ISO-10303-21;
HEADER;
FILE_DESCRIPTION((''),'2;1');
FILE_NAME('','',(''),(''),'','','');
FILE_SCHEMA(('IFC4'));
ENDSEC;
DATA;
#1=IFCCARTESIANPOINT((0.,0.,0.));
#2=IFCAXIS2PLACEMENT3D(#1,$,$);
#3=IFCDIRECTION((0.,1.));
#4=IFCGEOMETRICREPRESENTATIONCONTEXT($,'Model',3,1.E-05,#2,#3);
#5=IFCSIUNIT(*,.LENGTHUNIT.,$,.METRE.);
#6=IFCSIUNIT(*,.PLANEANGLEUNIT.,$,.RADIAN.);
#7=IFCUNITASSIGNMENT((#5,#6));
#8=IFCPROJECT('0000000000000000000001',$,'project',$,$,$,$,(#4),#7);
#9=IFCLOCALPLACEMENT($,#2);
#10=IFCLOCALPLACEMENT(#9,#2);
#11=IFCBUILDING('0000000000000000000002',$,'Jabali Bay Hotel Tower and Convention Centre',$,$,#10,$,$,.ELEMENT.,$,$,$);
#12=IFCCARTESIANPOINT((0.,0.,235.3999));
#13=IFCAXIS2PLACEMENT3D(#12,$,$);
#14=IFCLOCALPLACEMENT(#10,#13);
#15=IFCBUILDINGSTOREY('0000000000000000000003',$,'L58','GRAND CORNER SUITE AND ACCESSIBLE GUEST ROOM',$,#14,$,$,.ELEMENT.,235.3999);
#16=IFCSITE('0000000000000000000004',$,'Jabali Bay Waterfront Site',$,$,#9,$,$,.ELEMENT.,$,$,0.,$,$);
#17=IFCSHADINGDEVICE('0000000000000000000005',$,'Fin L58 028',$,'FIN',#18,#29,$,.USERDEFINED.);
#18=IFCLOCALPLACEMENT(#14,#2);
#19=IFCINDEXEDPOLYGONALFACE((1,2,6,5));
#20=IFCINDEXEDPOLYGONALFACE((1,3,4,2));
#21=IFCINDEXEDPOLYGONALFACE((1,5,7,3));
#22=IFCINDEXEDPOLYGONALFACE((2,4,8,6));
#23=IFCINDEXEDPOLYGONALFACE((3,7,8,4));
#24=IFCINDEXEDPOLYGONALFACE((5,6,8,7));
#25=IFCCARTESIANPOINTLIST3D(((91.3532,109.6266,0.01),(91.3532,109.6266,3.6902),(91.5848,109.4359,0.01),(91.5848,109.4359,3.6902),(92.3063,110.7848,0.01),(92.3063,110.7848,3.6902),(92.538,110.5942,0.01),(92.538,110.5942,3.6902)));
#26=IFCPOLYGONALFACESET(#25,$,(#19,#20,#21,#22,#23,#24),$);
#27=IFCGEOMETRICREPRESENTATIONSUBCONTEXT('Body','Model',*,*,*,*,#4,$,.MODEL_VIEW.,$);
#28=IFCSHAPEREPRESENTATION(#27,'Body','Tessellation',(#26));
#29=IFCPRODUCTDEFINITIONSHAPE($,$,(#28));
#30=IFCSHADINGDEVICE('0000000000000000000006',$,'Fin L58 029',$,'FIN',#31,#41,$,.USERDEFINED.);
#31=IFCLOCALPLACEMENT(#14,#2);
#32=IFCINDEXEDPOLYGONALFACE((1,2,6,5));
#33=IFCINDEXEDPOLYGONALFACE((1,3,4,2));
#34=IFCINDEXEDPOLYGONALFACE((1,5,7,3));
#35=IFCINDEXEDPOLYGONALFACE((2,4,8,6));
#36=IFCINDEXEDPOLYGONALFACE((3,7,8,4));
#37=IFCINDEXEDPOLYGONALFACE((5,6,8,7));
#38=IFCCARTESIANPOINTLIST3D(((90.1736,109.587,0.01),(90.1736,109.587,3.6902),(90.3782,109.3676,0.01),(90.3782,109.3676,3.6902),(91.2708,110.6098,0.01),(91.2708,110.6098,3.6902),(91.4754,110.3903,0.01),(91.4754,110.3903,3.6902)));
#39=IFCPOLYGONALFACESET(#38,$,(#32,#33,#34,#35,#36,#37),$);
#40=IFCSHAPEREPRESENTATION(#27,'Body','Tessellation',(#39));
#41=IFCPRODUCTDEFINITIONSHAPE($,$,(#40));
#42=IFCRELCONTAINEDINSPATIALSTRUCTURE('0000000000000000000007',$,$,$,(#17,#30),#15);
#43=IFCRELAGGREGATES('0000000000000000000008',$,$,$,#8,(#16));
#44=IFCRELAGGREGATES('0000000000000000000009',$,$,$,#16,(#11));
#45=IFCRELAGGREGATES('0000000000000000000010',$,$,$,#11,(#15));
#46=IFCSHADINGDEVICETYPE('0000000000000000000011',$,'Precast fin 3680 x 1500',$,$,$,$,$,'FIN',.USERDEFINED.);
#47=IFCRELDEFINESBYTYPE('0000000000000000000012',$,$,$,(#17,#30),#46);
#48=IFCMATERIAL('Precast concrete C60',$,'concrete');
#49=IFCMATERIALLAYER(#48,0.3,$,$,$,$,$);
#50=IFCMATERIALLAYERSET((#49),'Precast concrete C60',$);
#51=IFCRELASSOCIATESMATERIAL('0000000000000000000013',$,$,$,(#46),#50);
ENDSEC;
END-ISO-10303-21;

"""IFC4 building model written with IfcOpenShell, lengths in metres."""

from ifc_helpers import new_model, si_unit, direction, frame, frame_2d, origin, place, context, subcontext, project, spatial, rectangle, extrude, material, layer, layer_set, type_object, element, save


model = new_model("IFC4")

# Units and contexts
model_context = context("Model", 3, precision=1e-05, world=origin(), true_north=direction((0.0, 1.0)))
body_context = subcontext(model_context, "Body", "Model", "MODEL_VIEW")
ifc_project = project(units=[si_unit("LENGTHUNIT", "METRE"), si_unit("PLANEANGLEUNIT", "RADIAN")], contexts=[model_context])

# Site, building, storey
site_placement = place(None, origin())
site = spatial("IfcSite", under=ifc_project, at=site_placement, Name="Jabali Bay Waterfront Site", CompositionType="ELEMENT", RefElevation=0.0)
building_placement = place(site_placement, origin())
building = spatial("IfcBuilding", under=site, at=building_placement, Name="Jabali Bay Hotel Tower and Convention Centre", CompositionType="ELEMENT")
storey_placement = place(building_placement, frame((0.0, 0.0, 235.3999)))
storey = spatial("IfcBuildingStorey", under=building, at=storey_placement, Name="L58", Description="GRAND CORNER SUITE AND ACCESSIBLE GUEST ROOM", CompositionType="ELEMENT", Elevation=235.3999)

# Shading devices
ifc_material_1 = material(Name="Precast concrete C60", Category="concrete")
ifc_layer_1 = layer(ifc_material_1, 0.3)
ifc_layer_set_1 = layer_set([ifc_layer_1], Name="Precast concrete C60")
shading_device_type_1 = type_object("IfcShadingDeviceType", Name="Precast fin 3680 x 1500", ElementType="FIN", PredefinedType="USERDEFINED", material=ifc_layer_set_1)
for number, where, z_axis, x_axis, name in (
    (1, (91.469, 109.5312, 0.01), (0.0, 0.0, 1.0), (0.635433, 0.772156, 0.0), "Fin L58 028"),
    (2, (90.2759, 109.4773, 0.01), (0.0, 0.0, 1.0), (0.731494, 0.681848, 0.0), "Fin L58 029"),
):
    element("IfcShadingDevice", number, at=place(storey_placement, frame(where, z_axis=z_axis, x_axis=x_axis)), inside=storey, type_object=shading_device_type_1, Name=name, ObjectType="FIN", PredefinedType="USERDEFINED", context=body_context, shape_type="SweptSolid", body=[
        extrude(rectangle(XDim=1.5, YDim=0.3, at=frame_2d((0.75, 0.0))), origin(), (0.0, 0.0, 1.0), 3.6802),
    ])

save(model, "model.ifc")
